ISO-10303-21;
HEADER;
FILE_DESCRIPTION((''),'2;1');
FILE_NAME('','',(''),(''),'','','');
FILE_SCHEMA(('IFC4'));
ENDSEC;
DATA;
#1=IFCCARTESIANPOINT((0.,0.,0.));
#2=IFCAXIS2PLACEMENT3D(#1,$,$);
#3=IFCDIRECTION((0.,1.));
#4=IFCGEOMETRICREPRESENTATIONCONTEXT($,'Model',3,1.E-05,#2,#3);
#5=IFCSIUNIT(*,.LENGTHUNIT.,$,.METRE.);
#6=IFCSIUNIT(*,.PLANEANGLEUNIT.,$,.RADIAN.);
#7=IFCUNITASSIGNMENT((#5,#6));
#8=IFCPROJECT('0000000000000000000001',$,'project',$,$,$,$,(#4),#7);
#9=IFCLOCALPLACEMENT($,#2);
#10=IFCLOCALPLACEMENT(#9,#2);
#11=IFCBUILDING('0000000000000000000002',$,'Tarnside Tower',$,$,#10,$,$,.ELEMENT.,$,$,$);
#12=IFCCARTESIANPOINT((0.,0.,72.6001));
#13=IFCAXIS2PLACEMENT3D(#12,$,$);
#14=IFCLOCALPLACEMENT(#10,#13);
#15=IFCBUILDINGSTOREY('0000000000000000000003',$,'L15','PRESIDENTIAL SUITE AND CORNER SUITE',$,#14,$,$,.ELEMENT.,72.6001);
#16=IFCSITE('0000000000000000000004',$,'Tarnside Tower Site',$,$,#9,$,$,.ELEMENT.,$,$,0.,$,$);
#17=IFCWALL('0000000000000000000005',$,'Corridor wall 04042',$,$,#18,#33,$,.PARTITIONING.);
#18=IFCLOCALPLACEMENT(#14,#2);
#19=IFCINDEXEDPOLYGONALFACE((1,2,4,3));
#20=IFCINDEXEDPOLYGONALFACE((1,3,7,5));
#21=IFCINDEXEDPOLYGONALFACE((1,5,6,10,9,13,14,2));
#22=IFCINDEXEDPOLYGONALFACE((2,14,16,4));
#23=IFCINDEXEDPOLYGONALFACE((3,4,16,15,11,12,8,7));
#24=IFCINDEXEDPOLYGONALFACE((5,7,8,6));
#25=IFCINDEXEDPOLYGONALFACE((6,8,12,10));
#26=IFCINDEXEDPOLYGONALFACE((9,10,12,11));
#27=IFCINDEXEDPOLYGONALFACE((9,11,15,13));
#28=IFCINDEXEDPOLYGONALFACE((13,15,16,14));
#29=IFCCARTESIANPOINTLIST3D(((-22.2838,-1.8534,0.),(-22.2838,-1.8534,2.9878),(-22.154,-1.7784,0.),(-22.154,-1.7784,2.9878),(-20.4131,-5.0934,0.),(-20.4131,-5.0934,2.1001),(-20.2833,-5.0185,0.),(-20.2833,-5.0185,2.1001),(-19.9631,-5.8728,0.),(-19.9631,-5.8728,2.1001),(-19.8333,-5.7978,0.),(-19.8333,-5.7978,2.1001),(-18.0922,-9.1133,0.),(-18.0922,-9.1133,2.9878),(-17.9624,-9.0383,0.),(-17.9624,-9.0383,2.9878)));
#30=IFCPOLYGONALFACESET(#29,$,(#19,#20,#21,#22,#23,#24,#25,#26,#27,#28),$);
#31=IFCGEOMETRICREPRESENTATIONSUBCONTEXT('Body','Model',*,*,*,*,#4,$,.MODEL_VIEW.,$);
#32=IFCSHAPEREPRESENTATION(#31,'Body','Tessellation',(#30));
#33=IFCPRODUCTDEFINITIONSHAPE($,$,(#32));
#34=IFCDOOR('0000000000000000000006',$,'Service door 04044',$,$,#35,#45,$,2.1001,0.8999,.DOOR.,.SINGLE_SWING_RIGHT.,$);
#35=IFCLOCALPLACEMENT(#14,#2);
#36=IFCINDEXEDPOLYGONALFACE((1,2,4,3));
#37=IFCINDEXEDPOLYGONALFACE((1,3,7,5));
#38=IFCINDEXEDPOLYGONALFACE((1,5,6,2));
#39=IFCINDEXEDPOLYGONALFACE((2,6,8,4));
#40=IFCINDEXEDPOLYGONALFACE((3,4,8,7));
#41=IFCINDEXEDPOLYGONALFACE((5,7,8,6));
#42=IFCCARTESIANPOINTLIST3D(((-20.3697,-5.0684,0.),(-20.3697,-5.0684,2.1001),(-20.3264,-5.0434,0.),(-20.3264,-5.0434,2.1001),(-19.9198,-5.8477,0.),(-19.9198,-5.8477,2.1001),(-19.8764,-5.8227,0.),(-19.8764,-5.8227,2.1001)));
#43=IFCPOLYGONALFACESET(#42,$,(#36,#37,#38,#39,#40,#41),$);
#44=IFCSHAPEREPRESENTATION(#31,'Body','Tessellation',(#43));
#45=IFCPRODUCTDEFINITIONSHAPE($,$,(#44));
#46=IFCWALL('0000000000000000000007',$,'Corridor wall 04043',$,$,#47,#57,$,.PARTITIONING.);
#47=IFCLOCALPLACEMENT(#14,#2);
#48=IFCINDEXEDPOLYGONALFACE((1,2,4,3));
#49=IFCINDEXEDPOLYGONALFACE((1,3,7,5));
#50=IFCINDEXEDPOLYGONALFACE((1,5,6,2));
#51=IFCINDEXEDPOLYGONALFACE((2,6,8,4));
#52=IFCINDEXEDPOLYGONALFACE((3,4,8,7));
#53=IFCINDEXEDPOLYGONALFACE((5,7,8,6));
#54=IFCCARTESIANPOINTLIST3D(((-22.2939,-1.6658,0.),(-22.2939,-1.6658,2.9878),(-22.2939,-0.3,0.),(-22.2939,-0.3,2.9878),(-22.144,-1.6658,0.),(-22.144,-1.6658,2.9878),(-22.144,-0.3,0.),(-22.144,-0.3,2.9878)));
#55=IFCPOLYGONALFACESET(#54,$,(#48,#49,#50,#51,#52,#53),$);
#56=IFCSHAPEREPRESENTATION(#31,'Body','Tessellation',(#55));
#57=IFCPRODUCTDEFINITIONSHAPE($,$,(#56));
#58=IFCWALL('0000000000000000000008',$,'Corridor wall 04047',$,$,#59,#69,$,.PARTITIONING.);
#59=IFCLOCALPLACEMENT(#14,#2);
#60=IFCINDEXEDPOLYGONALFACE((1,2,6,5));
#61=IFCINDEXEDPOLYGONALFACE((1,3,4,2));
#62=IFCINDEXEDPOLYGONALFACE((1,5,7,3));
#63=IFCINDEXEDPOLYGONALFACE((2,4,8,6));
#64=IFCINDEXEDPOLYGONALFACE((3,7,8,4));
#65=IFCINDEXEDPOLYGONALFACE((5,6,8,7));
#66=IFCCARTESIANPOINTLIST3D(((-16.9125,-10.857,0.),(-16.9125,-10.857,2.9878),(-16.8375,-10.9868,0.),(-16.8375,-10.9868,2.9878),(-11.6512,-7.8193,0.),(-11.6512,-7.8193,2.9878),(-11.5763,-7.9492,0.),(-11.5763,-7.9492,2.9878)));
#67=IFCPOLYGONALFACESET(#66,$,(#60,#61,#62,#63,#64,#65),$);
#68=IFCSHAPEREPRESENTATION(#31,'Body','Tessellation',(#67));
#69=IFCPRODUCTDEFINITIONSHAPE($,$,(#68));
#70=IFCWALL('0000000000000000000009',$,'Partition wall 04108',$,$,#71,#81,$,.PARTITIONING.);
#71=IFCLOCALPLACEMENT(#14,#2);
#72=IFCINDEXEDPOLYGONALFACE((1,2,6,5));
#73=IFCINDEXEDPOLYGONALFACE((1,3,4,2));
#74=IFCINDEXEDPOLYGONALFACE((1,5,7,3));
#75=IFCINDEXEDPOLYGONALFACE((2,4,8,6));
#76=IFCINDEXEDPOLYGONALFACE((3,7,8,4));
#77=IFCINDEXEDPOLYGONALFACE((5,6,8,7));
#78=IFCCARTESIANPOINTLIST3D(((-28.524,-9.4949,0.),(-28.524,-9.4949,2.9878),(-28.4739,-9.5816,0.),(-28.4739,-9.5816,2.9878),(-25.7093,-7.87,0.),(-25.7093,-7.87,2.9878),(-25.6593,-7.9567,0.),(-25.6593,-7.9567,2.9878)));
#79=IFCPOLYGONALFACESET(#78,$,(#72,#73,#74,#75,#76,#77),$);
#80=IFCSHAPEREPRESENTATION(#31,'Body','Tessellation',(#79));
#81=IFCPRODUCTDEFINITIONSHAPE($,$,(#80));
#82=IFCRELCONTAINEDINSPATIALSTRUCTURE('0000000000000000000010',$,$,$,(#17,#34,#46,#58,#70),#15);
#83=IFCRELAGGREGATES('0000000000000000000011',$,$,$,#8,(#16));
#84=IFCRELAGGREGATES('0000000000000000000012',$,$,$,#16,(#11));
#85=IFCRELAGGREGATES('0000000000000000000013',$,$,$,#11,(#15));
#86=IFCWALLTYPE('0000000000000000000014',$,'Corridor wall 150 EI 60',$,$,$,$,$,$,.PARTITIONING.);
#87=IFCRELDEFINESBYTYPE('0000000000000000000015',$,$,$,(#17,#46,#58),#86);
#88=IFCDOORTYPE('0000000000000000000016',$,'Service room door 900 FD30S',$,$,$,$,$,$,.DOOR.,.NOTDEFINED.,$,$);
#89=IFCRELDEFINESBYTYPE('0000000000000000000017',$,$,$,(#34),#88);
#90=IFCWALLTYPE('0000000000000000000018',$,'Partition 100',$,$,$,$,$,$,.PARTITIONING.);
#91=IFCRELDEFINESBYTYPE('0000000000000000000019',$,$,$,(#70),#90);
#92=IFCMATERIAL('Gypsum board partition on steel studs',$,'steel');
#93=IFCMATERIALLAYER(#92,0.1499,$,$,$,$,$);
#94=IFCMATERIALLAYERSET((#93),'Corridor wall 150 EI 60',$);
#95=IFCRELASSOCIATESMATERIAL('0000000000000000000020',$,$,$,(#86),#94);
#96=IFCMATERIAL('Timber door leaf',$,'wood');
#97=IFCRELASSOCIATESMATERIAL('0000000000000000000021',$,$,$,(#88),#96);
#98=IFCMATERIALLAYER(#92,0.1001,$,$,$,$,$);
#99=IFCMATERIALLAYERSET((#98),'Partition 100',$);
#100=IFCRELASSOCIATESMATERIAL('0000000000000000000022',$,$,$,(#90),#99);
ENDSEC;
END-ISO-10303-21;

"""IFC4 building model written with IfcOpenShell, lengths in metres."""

from ifc_helpers import new_model, si_unit, direction, frame, frame_2d, origin, place, context, subcontext, project, spatial, rectangle, extrude, material, layer, layer_set, type_object, element, fill, save


model = new_model("IFC4")

# Units and contexts
model_context = context("Model", 3, precision=1e-05, world=origin(), true_north=direction((0.0, 1.0)))
body_context = subcontext(model_context, "Body", "Model", "MODEL_VIEW")
ifc_project = project(units=[si_unit("LENGTHUNIT", "METRE"), si_unit("PLANEANGLEUNIT", "RADIAN")], contexts=[model_context])

# Site, building, storey
site_placement = place(None, origin())
site = spatial("IfcSite", under=ifc_project, at=site_placement, Name="Tarnside Tower Site", CompositionType="ELEMENT", RefElevation=0.0)
building_placement = place(site_placement, origin())
building = spatial("IfcBuilding", under=site, at=building_placement, Name="Tarnside Tower", CompositionType="ELEMENT")
storey_placement = place(building_placement, frame((0.0, 0.0, 72.6001)))
storey = spatial("IfcBuildingStorey", under=building, at=storey_placement, Name="L15", Description="PRESIDENTIAL SUITE AND CORNER SUITE", CompositionType="ELEMENT", Elevation=72.6001)

# Shared definitions
ifc_material_1 = material(Name="Gypsum board partition on steel studs", Category="steel")
ifc_layer_1 = layer(ifc_material_1, 0.1499)
ifc_layer_set_1 = layer_set([ifc_layer_1], Name="Corridor wall 150 EI 60")
wall_type_1 = type_object("IfcWallType", Name="Corridor wall 150 EI 60", PredefinedType="PARTITIONING", material=ifc_layer_set_1)

# Shared definitions
ifc_material_2 = material(Name="Timber door leaf", Category="wood")

# Wall, opening, door
wall_1_placement = place(storey_placement, frame((-18.0273, -9.0757, 0.0), z_axis=(0.0, 0.0, 1.0), x_axis=(-0.500007, 0.866021, 0.0)))
wall_1 = element("IfcWall", 1, at=wall_1_placement, inside=storey, type_object=wall_type_1, Name="Corridor wall 04042", PredefinedType="PARTITIONING", context=body_context, shape_type="SweptSolid", body=[
    extrude(rectangle(XDim=8.3831, YDim=0.1499, at=frame_2d((4.1914, 0.0))), origin(), (0.0, 0.0, 1.0), 2.9878),
])
opening_1_placement = place(wall_1_placement, frame((3.7417, 0.0, 0.0)))
opening_1 = element("IfcOpeningElement", 2, at=opening_1_placement, cuts=wall_1, PredefinedType="OPENING", context=body_context, shape_type="SweptSolid", body=[
    extrude(rectangle(XDim=0.8999, YDim=2.1001, at=frame_2d((0.45, 1.05))), frame((0.0, 0.085, 0.0), z_axis=(0.0, -1.0, 0.0), x_axis=(1.0, 0.0, 0.0)), (0.0, 0.0, 1.0), 0.1699),
])
door_type_1 = type_object("IfcDoorType", Name="Service room door 900 FD30S", OperationType="NOTDEFINED", PredefinedType="DOOR", material=ifc_material_2)
door_1_placement = place(opening_1_placement, origin())
door_1 = element("IfcDoor", 3, at=door_1_placement, inside=storey, type_object=door_type_1, Name="Service door 04044", OperationType="SINGLE_SWING_RIGHT", OverallHeight=2.1001, OverallWidth=0.8999, PredefinedType="DOOR", context=body_context, shape_type="SweptSolid", body=[
    extrude(rectangle(XDim=0.8999, YDim=2.1001, at=frame_2d((0.45, 1.05))), frame((0.0, 0.0249, 0.0), z_axis=(0.0, -1.0, 0.0), x_axis=(1.0, 0.0, 0.0)), (0.0, 0.0, 1.0), 0.05),
])
fill(opening_1, door_1)

# Walls
wall_2_placement = place(storey_placement, frame((-22.219, -1.6658, 0.0), z_axis=(0.0, 0.0, 1.0), x_axis=(0.0, 1.0, 0.0)))
element("IfcWall", 4, at=wall_2_placement, inside=storey, type_object=wall_type_1, Name="Corridor wall 04043", PredefinedType="PARTITIONING", context=body_context, shape_type="SweptSolid", body=[
    extrude(rectangle(XDim=1.3657, YDim=0.1499, at=frame_2d((0.6829, 0.0))), origin(), (0.0, 0.0, 1.0), 2.9878),
])
wall_3_placement = place(storey_placement, frame((-16.875, -10.9219, 0.0), z_axis=(0.0, 0.0, 1.0), x_axis=(0.866024, 0.500003, 0.0)))
element("IfcWall", 5, at=wall_3_placement, inside=storey, type_object=wall_type_1, Name="Corridor wall 04047", PredefinedType="PARTITIONING", context=body_context, shape_type="SweptSolid", body=[
    extrude(rectangle(XDim=6.0752, YDim=0.1499, at=frame_2d((3.0376, 0.0))), origin(), (0.0, 0.0, 1.0), 2.9878),
])
ifc_layer_2 = layer(ifc_material_1, 0.1001)
ifc_layer_set_2 = layer_set([ifc_layer_2], Name="Partition 100")
wall_type_2 = type_object("IfcWallType", Name="Partition 100", PredefinedType="PARTITIONING", material=ifc_layer_set_2)
wall_4_placement = place(storey_placement, frame((-25.6843, -7.9133, 0.0), z_axis=(0.0, 0.0, 1.0), x_axis=(-0.866034, -0.499985, 0.0)))
element("IfcWall", 6, at=wall_4_placement, inside=storey, type_object=wall_type_2, Name="Partition wall 04108", PredefinedType="PARTITIONING", context=body_context, shape_type="SweptSolid", body=[
    extrude(rectangle(XDim=3.25, YDim=0.1001, at=frame_2d((1.625, 0.0))), origin(), (0.0, 0.0, 1.0), 2.9878),
])

save(model, "model.ifc")
